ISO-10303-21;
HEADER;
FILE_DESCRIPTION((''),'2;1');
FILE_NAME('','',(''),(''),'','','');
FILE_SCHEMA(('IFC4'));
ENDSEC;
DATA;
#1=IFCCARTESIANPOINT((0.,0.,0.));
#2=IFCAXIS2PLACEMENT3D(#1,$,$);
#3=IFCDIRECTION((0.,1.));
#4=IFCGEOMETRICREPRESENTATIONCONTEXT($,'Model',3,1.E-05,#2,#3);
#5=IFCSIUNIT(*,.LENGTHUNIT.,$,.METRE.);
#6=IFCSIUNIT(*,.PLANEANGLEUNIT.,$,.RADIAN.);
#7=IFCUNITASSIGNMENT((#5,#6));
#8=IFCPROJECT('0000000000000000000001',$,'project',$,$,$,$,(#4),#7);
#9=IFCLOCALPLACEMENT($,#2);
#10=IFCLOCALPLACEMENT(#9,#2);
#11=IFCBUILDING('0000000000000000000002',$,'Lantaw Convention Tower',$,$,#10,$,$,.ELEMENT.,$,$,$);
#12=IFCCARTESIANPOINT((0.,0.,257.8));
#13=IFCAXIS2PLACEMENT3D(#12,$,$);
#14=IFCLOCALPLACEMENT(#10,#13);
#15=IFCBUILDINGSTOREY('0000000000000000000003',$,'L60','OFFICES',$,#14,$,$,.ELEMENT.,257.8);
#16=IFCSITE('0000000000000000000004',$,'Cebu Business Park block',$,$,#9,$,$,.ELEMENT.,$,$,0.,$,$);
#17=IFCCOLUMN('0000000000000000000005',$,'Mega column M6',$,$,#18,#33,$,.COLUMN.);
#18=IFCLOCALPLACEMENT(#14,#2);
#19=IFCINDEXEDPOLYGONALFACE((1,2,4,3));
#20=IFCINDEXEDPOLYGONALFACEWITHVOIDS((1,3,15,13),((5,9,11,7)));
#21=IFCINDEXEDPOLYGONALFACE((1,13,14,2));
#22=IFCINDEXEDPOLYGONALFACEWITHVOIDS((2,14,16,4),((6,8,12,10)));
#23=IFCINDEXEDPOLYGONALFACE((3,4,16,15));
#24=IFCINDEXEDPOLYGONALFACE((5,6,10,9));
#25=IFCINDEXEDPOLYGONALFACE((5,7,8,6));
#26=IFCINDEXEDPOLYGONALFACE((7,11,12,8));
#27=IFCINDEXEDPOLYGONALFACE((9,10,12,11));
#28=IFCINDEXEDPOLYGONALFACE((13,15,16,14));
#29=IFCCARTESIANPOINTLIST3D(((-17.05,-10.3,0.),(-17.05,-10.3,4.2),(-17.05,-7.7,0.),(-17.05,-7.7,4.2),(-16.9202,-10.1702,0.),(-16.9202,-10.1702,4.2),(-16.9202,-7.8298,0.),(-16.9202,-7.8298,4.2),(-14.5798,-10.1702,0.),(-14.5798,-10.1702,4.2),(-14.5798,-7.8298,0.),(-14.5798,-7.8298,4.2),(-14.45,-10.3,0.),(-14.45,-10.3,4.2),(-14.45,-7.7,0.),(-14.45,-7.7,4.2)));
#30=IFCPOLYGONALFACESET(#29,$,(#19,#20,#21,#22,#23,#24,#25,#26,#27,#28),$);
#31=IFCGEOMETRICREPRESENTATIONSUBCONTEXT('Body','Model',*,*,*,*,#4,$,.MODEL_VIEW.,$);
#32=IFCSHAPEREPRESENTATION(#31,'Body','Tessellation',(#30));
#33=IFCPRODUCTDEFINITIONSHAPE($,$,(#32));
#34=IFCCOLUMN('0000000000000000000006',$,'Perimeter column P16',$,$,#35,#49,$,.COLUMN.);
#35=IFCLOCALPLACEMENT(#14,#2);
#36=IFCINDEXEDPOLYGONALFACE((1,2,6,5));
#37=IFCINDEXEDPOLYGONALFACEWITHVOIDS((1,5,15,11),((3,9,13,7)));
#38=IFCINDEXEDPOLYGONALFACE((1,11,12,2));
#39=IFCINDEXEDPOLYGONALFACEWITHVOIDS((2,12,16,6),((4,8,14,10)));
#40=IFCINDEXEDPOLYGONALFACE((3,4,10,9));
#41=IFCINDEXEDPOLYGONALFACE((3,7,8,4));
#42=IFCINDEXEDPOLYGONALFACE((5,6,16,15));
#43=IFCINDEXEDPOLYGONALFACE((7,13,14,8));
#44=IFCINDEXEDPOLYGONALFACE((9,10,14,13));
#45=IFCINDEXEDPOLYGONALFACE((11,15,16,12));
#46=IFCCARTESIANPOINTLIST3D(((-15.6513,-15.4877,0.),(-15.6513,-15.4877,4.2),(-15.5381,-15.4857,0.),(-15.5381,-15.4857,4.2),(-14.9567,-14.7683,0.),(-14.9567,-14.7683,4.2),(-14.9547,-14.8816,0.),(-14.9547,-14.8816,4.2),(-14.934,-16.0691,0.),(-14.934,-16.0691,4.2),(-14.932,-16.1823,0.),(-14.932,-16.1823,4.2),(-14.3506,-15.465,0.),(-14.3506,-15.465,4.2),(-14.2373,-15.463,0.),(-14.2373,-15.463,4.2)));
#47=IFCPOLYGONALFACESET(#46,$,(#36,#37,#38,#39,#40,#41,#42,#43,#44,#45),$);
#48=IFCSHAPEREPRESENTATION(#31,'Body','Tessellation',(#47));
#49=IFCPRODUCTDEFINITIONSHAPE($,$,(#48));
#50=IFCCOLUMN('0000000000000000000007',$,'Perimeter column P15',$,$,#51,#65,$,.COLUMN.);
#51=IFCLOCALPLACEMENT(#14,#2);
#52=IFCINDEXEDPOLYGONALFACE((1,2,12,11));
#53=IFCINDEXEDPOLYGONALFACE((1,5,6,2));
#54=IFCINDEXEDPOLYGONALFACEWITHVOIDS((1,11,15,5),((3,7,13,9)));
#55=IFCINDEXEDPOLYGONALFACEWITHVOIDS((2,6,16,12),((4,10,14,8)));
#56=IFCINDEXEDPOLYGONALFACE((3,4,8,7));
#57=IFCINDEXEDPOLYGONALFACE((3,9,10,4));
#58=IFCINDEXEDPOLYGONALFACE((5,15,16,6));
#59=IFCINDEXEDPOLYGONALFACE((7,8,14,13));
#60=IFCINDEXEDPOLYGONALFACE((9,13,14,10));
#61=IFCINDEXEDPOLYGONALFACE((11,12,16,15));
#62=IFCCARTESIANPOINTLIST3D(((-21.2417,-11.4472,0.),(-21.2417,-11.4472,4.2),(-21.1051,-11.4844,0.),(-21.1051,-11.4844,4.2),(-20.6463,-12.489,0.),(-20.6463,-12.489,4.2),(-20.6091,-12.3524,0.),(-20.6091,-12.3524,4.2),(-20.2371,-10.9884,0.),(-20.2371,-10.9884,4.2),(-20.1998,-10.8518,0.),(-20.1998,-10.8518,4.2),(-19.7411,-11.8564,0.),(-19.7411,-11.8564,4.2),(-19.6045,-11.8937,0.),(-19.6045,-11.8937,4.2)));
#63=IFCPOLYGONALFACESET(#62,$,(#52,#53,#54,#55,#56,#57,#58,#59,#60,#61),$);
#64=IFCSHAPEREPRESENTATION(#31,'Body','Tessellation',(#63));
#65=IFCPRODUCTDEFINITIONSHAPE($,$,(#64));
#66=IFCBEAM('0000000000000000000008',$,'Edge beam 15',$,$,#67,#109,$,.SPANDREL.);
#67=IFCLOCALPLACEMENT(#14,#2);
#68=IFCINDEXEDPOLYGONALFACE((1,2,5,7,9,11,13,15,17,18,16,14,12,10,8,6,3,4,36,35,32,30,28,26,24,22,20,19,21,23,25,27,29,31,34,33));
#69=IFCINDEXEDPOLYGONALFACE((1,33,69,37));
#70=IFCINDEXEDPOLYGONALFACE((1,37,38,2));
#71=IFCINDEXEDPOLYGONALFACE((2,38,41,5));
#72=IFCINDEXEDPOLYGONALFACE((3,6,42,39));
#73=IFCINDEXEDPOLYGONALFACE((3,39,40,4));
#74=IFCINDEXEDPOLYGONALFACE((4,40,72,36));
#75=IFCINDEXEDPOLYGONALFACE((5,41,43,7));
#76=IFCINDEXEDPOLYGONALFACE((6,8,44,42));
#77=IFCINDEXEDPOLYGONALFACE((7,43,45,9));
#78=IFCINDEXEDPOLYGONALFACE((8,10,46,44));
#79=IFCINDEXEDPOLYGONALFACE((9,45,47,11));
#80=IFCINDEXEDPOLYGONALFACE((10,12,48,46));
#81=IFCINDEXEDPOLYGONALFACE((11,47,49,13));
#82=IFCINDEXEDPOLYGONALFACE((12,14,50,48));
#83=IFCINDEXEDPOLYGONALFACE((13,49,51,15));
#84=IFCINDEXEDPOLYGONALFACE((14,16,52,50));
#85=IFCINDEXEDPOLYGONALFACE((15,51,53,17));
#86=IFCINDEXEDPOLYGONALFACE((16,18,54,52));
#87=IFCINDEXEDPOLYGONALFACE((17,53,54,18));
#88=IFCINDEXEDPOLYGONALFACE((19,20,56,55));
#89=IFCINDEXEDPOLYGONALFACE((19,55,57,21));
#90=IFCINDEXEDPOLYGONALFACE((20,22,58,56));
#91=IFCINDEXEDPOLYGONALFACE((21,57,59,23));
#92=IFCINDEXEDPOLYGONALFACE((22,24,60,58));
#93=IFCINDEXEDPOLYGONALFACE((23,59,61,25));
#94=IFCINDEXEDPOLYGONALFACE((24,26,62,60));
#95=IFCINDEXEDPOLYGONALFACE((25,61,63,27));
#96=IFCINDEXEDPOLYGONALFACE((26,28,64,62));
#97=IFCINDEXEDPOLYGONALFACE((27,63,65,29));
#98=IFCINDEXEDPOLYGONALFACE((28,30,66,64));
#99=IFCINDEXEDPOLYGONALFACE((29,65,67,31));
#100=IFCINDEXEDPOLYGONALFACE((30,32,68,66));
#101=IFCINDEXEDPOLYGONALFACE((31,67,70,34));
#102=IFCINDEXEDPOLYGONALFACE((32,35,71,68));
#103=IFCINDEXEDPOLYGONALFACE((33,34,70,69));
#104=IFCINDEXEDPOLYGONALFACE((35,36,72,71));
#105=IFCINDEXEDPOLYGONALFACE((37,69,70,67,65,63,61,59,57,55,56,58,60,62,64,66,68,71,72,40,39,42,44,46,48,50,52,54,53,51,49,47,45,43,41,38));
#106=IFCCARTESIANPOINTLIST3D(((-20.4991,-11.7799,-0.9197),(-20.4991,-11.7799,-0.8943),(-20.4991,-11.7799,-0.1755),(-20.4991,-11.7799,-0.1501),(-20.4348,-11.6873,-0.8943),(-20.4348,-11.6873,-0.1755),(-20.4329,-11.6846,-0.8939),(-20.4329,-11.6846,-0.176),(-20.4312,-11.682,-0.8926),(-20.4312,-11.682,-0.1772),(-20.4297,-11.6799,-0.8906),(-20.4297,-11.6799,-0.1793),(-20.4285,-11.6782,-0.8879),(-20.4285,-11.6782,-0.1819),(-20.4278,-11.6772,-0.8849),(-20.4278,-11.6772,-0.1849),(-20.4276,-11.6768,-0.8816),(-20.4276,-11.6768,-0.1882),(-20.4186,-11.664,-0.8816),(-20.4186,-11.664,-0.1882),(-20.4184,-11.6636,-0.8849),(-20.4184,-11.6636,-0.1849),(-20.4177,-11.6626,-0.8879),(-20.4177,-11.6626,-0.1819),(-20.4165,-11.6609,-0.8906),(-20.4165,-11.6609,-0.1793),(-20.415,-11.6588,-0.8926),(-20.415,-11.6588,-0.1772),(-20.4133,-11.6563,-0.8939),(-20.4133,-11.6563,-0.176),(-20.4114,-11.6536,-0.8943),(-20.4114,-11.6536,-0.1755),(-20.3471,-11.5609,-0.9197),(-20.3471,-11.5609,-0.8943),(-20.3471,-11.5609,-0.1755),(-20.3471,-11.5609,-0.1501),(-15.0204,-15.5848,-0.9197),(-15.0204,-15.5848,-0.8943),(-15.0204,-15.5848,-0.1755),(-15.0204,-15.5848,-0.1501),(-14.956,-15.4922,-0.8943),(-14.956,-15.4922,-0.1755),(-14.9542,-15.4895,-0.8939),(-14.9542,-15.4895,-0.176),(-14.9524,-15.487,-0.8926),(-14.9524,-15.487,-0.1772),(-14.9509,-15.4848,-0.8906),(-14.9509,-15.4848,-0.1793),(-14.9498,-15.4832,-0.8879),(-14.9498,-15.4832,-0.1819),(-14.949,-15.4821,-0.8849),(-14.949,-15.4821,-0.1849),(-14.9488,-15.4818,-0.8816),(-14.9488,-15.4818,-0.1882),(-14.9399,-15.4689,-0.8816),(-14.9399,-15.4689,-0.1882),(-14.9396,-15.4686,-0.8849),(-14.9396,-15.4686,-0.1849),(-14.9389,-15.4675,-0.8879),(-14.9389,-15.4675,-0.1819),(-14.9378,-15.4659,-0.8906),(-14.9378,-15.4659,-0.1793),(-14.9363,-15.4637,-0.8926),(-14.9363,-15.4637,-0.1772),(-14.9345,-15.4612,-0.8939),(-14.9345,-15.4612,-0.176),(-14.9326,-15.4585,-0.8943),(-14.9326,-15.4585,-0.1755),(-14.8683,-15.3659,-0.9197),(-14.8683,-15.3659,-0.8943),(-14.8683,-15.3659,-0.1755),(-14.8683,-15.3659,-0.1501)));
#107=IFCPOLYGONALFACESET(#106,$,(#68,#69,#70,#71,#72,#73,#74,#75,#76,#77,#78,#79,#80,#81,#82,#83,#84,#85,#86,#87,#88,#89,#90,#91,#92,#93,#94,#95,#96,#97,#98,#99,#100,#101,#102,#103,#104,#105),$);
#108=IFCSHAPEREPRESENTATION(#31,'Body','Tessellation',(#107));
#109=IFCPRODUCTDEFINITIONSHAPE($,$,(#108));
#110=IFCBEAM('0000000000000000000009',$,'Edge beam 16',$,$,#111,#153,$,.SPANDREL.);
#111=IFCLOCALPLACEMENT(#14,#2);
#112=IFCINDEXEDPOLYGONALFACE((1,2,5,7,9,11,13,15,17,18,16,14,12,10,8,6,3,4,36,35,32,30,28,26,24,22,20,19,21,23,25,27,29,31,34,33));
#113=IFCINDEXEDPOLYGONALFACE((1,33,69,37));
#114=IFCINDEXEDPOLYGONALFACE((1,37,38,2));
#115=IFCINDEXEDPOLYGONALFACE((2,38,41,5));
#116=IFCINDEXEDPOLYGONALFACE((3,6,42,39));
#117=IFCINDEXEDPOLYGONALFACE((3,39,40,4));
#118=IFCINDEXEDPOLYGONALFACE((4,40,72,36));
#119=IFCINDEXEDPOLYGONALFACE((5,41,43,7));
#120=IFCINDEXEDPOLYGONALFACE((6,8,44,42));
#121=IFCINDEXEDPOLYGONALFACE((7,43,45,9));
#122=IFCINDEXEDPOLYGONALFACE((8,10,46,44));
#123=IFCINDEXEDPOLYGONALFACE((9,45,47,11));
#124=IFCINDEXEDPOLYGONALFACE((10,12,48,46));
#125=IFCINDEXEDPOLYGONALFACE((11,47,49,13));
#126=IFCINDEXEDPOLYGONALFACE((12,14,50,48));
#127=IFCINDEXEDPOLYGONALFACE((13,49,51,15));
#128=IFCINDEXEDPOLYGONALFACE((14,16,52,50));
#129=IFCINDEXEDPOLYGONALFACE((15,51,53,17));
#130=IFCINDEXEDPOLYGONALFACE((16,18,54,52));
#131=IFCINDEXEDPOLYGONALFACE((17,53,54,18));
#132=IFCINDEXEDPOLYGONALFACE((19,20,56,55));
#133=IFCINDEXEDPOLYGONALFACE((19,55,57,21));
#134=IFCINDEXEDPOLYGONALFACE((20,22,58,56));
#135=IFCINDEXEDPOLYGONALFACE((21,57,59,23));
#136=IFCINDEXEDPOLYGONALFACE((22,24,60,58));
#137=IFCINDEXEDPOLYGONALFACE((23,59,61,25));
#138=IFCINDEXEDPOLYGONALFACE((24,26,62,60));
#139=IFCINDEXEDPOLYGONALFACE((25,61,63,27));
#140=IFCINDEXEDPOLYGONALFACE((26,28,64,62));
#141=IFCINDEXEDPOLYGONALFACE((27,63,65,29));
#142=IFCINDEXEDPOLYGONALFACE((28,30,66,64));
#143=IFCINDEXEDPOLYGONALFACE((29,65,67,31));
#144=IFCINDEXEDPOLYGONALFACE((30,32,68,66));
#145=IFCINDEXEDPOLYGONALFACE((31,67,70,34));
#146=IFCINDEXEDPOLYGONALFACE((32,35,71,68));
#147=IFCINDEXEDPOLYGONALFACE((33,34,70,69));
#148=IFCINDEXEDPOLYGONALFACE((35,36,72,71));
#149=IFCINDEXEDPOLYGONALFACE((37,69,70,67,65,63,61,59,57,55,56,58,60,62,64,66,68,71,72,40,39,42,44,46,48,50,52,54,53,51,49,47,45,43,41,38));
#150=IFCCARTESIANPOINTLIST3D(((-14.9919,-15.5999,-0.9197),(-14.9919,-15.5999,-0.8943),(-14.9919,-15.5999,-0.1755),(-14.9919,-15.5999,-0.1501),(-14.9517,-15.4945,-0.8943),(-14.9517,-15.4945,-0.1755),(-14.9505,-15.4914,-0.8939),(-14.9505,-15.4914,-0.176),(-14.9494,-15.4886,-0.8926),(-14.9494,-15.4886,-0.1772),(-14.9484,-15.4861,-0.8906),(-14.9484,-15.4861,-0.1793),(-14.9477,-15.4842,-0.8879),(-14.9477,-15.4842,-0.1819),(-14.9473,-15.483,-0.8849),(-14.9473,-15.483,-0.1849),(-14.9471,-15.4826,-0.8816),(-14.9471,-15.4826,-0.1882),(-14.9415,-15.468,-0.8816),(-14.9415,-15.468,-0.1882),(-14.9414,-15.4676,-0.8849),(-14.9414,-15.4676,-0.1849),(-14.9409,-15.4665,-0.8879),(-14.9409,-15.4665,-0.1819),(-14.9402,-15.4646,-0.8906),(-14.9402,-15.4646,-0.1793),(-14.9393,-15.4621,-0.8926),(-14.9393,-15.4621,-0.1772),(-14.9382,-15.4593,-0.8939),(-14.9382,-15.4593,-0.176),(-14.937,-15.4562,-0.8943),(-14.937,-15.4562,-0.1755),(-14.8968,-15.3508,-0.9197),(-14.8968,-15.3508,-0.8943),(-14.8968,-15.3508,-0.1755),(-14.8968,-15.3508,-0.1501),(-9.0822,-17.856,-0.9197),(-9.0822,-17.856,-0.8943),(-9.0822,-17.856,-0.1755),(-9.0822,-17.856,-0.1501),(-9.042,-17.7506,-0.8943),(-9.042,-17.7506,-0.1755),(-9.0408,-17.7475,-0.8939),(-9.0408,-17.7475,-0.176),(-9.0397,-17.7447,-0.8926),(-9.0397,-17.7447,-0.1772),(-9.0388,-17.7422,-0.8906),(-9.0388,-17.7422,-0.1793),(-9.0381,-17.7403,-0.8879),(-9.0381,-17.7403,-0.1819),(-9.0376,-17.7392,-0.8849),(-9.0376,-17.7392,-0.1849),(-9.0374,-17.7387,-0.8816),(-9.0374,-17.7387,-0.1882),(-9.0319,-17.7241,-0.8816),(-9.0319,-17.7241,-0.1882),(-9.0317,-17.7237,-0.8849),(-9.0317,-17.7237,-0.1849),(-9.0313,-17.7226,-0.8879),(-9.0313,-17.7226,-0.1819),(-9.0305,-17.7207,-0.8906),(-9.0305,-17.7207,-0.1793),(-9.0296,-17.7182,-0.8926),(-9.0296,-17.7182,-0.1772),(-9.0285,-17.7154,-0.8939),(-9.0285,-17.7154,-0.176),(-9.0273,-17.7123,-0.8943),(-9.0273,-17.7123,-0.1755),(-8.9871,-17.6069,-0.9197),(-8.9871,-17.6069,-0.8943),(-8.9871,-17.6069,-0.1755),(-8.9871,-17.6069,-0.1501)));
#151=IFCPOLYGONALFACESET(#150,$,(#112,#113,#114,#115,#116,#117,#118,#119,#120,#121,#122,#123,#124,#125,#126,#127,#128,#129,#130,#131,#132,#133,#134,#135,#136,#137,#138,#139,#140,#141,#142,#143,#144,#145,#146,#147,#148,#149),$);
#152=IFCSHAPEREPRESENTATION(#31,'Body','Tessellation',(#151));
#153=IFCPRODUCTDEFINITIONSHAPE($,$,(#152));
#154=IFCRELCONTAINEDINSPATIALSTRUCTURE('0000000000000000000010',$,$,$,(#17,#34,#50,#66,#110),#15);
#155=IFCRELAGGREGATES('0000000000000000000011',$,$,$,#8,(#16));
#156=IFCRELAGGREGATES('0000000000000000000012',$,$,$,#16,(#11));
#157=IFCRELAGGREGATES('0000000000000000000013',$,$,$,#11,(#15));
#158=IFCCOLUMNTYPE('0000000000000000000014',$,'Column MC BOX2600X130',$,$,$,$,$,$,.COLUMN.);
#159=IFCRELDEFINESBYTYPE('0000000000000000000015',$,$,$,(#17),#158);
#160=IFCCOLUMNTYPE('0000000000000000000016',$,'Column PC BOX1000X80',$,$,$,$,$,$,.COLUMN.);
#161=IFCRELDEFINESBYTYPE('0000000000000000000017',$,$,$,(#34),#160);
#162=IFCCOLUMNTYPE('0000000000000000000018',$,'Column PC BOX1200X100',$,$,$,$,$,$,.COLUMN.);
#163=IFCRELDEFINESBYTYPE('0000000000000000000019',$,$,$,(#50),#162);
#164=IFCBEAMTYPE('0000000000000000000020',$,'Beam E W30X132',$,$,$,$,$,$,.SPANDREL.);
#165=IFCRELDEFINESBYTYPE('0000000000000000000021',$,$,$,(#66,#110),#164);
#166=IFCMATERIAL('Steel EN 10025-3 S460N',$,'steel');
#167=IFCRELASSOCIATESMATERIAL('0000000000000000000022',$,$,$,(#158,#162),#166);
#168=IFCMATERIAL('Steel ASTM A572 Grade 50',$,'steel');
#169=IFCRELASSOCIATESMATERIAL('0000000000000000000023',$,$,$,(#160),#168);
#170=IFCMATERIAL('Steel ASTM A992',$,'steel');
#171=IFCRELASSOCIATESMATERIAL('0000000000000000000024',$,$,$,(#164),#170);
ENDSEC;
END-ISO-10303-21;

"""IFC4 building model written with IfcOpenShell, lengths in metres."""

from ifc_helpers import new_model, si_unit, direction, frame, origin, origin_2d, place, context, subcontext, project, spatial, rectangle, hollow_rectangle, i_section, extrude, material, material_profile, profile_set, type_object, element, save


model = new_model("IFC4")

# Units and contexts
model_context = context("Model", 3, precision=1e-05, world=origin(), true_north=direction((0.0, 1.0)))
body_context = subcontext(model_context, "Body", "Model", "MODEL_VIEW")
ifc_project = project(units=[si_unit("LENGTHUNIT", "METRE"), si_unit("PLANEANGLEUNIT", "RADIAN")], contexts=[model_context])

# Site, building, storey
site_placement = place(None, origin())
site = spatial("IfcSite", under=ifc_project, at=site_placement, Name="Cebu Business Park block", CompositionType="ELEMENT", RefElevation=0.0)
building_placement = place(site_placement, origin())
building = spatial("IfcBuilding", under=site, at=building_placement, Name="Lantaw Convention Tower", CompositionType="ELEMENT")
storey_placement = place(building_placement, frame((0.0, 0.0, 257.8)))
storey = spatial("IfcBuildingStorey", under=building, at=storey_placement, Name="L60", Description="OFFICES", CompositionType="ELEMENT", Elevation=257.8)

# Columns
ifc_material_1 = material(Name="Steel EN 10025-3 S460N", Category="steel")
ifc_material_profile_1 = material_profile(ifc_material_1, hollow_rectangle(XDim=2.6001, YDim=2.6001, WallThickness=0.1299, at=origin_2d()), Name="BOX2600X130")
ifc_material_2 = material(Name="Concrete C60/75", Category="concrete")
ifc_material_profile_2 = material_profile(ifc_material_2, rectangle(XDim=2.3401, YDim=2.3401, at=origin_2d()), Name="Concrete fill of BOX2600X130")
ifc_profile_set_1 = profile_set([ifc_material_profile_1, ifc_material_profile_2], Name="Steel EN 10025-3 S460N")
column_type_1 = type_object("IfcColumnType", Name="Column MC BOX2600X130", PredefinedType="COLUMN", material=ifc_profile_set_1)
column_1_placement = place(storey_placement, frame((-15.75, -9.0, 0.0), z_axis=(0.0, 0.0, 1.0), x_axis=(1.0, 0.0, 0.0)))
element("IfcColumn", 1, at=column_1_placement, inside=storey, type_object=column_type_1, Name="Mega column M6", PredefinedType="COLUMN", context=body_context, shape_type="SweptSolid", body=[
    extrude(hollow_rectangle(XDim=2.6001, YDim=2.6001, WallThickness=0.1299, at=origin_2d()), origin(), (0.0, 0.0, 1.0), 4.2),
])
ifc_material_3 = material(Name="Steel ASTM A572 Grade 50", Category="steel")
ifc_material_profile_3 = material_profile(ifc_material_3, hollow_rectangle(XDim=1.0, YDim=1.0, WallThickness=0.0801, at=origin_2d()), Name="BOX1000X80")
ifc_material_profile_4 = material_profile(ifc_material_2, rectangle(XDim=0.8401, YDim=0.8401, at=origin_2d()), Name="Concrete fill of BOX1000X80")
ifc_profile_set_2 = profile_set([ifc_material_profile_3, ifc_material_profile_4], Name="Steel ASTM A572 Grade 50")
column_type_2 = type_object("IfcColumnType", Name="Column PC BOX1000X80", PredefinedType="COLUMN", material=ifc_profile_set_2)
column_2_placement = place(storey_placement, frame((-14.9443, -15.4753, 0.0), z_axis=(0.0, 0.0, 1.0), x_axis=(0.694658, 0.71934, 0.0)))
element("IfcColumn", 2, at=column_2_placement, inside=storey, type_object=column_type_2, Name="Perimeter column P16", PredefinedType="COLUMN", context=body_context, shape_type="SweptSolid", body=[
    extrude(hollow_rectangle(XDim=1.0, YDim=1.0, WallThickness=0.0801, at=origin_2d()), origin(), (0.0, 0.0, 1.0), 4.2),
])
ifc_material_profile_5 = material_profile(ifc_material_1, hollow_rectangle(XDim=1.2, YDim=1.2, WallThickness=0.1001, at=origin_2d()), Name="BOX1200X100")
ifc_material_profile_6 = material_profile(ifc_material_2, rectangle(XDim=1.0, YDim=1.0, at=origin_2d()), Name="Concrete fill of BOX1200X100")
ifc_profile_set_3 = profile_set([ifc_material_profile_5, ifc_material_profile_6], Name="Steel EN 10025-3 S460N")
column_type_3 = type_object("IfcColumnType", Name="Column PC BOX1200X100", PredefinedType="COLUMN", material=ifc_profile_set_3)
column_3_placement = place(storey_placement, frame((-20.4231, -11.6704, 0.0), z_axis=(0.0, 0.0, 1.0), x_axis=(0.868243, 0.496139, 0.0)))
element("IfcColumn", 3, at=column_3_placement, inside=storey, type_object=column_type_3, Name="Perimeter column P15", PredefinedType="COLUMN", context=body_context, shape_type="SweptSolid", body=[
    extrude(hollow_rectangle(XDim=1.2, YDim=1.2, WallThickness=0.1001, at=origin_2d()), origin(), (0.0, 0.0, 1.0), 4.2),
])

# Beams
ifc_material_4 = material(Name="Steel ASTM A992", Category="steel")
ifc_material_profile_7 = material_profile(ifc_material_4, i_section(OverallWidth=0.2666, OverallDepth=0.7695, WebThickness=0.0156, FlangeThickness=0.0254, FilletRadius=0.0127, at=origin_2d()), Name="W30X132")
ifc_profile_set_4 = profile_set([ifc_material_profile_7], Name="Steel ASTM A992")
beam_type_1 = type_object("IfcBeamType", Name="Beam E W30X132", PredefinedType="SPANDREL", material=ifc_profile_set_4)
beam_1_placement = place(storey_placement, frame((-20.4231, -11.6704, -0.5349), z_axis=(0.821353, -0.57042, 0.0), x_axis=(0.57042, 0.821353, 0.0)))
element("IfcBeam", 4, at=beam_1_placement, inside=storey, type_object=beam_type_1, Name="Edge beam 15", PredefinedType="SPANDREL", context=body_context, shape_type="SweptSolid", body=[
    extrude(i_section(OverallWidth=0.2666, OverallDepth=0.7695, WebThickness=0.0156, FlangeThickness=0.0254, FilletRadius=0.0127, at=origin_2d()), origin(), (0.0, 0.0, 1.0), 6.6704),
])
beam_2_placement = place(storey_placement, frame((-14.9443, -15.4753, -0.5349), z_axis=(0.934235, -0.356658, 0.0), x_axis=(0.356658, 0.934235, 0.0)))
element("IfcBeam", 5, at=beam_2_placement, inside=storey, type_object=beam_type_1, Name="Edge beam 16", PredefinedType="SPANDREL", context=body_context, shape_type="SweptSolid", body=[
    extrude(i_section(OverallWidth=0.2666, OverallDepth=0.7695, WebThickness=0.0156, FlangeThickness=0.0254, FilletRadius=0.0127, at=origin_2d()), origin(), (0.0, 0.0, 1.0), 6.3257),
])

save(model, "model.ifc")
